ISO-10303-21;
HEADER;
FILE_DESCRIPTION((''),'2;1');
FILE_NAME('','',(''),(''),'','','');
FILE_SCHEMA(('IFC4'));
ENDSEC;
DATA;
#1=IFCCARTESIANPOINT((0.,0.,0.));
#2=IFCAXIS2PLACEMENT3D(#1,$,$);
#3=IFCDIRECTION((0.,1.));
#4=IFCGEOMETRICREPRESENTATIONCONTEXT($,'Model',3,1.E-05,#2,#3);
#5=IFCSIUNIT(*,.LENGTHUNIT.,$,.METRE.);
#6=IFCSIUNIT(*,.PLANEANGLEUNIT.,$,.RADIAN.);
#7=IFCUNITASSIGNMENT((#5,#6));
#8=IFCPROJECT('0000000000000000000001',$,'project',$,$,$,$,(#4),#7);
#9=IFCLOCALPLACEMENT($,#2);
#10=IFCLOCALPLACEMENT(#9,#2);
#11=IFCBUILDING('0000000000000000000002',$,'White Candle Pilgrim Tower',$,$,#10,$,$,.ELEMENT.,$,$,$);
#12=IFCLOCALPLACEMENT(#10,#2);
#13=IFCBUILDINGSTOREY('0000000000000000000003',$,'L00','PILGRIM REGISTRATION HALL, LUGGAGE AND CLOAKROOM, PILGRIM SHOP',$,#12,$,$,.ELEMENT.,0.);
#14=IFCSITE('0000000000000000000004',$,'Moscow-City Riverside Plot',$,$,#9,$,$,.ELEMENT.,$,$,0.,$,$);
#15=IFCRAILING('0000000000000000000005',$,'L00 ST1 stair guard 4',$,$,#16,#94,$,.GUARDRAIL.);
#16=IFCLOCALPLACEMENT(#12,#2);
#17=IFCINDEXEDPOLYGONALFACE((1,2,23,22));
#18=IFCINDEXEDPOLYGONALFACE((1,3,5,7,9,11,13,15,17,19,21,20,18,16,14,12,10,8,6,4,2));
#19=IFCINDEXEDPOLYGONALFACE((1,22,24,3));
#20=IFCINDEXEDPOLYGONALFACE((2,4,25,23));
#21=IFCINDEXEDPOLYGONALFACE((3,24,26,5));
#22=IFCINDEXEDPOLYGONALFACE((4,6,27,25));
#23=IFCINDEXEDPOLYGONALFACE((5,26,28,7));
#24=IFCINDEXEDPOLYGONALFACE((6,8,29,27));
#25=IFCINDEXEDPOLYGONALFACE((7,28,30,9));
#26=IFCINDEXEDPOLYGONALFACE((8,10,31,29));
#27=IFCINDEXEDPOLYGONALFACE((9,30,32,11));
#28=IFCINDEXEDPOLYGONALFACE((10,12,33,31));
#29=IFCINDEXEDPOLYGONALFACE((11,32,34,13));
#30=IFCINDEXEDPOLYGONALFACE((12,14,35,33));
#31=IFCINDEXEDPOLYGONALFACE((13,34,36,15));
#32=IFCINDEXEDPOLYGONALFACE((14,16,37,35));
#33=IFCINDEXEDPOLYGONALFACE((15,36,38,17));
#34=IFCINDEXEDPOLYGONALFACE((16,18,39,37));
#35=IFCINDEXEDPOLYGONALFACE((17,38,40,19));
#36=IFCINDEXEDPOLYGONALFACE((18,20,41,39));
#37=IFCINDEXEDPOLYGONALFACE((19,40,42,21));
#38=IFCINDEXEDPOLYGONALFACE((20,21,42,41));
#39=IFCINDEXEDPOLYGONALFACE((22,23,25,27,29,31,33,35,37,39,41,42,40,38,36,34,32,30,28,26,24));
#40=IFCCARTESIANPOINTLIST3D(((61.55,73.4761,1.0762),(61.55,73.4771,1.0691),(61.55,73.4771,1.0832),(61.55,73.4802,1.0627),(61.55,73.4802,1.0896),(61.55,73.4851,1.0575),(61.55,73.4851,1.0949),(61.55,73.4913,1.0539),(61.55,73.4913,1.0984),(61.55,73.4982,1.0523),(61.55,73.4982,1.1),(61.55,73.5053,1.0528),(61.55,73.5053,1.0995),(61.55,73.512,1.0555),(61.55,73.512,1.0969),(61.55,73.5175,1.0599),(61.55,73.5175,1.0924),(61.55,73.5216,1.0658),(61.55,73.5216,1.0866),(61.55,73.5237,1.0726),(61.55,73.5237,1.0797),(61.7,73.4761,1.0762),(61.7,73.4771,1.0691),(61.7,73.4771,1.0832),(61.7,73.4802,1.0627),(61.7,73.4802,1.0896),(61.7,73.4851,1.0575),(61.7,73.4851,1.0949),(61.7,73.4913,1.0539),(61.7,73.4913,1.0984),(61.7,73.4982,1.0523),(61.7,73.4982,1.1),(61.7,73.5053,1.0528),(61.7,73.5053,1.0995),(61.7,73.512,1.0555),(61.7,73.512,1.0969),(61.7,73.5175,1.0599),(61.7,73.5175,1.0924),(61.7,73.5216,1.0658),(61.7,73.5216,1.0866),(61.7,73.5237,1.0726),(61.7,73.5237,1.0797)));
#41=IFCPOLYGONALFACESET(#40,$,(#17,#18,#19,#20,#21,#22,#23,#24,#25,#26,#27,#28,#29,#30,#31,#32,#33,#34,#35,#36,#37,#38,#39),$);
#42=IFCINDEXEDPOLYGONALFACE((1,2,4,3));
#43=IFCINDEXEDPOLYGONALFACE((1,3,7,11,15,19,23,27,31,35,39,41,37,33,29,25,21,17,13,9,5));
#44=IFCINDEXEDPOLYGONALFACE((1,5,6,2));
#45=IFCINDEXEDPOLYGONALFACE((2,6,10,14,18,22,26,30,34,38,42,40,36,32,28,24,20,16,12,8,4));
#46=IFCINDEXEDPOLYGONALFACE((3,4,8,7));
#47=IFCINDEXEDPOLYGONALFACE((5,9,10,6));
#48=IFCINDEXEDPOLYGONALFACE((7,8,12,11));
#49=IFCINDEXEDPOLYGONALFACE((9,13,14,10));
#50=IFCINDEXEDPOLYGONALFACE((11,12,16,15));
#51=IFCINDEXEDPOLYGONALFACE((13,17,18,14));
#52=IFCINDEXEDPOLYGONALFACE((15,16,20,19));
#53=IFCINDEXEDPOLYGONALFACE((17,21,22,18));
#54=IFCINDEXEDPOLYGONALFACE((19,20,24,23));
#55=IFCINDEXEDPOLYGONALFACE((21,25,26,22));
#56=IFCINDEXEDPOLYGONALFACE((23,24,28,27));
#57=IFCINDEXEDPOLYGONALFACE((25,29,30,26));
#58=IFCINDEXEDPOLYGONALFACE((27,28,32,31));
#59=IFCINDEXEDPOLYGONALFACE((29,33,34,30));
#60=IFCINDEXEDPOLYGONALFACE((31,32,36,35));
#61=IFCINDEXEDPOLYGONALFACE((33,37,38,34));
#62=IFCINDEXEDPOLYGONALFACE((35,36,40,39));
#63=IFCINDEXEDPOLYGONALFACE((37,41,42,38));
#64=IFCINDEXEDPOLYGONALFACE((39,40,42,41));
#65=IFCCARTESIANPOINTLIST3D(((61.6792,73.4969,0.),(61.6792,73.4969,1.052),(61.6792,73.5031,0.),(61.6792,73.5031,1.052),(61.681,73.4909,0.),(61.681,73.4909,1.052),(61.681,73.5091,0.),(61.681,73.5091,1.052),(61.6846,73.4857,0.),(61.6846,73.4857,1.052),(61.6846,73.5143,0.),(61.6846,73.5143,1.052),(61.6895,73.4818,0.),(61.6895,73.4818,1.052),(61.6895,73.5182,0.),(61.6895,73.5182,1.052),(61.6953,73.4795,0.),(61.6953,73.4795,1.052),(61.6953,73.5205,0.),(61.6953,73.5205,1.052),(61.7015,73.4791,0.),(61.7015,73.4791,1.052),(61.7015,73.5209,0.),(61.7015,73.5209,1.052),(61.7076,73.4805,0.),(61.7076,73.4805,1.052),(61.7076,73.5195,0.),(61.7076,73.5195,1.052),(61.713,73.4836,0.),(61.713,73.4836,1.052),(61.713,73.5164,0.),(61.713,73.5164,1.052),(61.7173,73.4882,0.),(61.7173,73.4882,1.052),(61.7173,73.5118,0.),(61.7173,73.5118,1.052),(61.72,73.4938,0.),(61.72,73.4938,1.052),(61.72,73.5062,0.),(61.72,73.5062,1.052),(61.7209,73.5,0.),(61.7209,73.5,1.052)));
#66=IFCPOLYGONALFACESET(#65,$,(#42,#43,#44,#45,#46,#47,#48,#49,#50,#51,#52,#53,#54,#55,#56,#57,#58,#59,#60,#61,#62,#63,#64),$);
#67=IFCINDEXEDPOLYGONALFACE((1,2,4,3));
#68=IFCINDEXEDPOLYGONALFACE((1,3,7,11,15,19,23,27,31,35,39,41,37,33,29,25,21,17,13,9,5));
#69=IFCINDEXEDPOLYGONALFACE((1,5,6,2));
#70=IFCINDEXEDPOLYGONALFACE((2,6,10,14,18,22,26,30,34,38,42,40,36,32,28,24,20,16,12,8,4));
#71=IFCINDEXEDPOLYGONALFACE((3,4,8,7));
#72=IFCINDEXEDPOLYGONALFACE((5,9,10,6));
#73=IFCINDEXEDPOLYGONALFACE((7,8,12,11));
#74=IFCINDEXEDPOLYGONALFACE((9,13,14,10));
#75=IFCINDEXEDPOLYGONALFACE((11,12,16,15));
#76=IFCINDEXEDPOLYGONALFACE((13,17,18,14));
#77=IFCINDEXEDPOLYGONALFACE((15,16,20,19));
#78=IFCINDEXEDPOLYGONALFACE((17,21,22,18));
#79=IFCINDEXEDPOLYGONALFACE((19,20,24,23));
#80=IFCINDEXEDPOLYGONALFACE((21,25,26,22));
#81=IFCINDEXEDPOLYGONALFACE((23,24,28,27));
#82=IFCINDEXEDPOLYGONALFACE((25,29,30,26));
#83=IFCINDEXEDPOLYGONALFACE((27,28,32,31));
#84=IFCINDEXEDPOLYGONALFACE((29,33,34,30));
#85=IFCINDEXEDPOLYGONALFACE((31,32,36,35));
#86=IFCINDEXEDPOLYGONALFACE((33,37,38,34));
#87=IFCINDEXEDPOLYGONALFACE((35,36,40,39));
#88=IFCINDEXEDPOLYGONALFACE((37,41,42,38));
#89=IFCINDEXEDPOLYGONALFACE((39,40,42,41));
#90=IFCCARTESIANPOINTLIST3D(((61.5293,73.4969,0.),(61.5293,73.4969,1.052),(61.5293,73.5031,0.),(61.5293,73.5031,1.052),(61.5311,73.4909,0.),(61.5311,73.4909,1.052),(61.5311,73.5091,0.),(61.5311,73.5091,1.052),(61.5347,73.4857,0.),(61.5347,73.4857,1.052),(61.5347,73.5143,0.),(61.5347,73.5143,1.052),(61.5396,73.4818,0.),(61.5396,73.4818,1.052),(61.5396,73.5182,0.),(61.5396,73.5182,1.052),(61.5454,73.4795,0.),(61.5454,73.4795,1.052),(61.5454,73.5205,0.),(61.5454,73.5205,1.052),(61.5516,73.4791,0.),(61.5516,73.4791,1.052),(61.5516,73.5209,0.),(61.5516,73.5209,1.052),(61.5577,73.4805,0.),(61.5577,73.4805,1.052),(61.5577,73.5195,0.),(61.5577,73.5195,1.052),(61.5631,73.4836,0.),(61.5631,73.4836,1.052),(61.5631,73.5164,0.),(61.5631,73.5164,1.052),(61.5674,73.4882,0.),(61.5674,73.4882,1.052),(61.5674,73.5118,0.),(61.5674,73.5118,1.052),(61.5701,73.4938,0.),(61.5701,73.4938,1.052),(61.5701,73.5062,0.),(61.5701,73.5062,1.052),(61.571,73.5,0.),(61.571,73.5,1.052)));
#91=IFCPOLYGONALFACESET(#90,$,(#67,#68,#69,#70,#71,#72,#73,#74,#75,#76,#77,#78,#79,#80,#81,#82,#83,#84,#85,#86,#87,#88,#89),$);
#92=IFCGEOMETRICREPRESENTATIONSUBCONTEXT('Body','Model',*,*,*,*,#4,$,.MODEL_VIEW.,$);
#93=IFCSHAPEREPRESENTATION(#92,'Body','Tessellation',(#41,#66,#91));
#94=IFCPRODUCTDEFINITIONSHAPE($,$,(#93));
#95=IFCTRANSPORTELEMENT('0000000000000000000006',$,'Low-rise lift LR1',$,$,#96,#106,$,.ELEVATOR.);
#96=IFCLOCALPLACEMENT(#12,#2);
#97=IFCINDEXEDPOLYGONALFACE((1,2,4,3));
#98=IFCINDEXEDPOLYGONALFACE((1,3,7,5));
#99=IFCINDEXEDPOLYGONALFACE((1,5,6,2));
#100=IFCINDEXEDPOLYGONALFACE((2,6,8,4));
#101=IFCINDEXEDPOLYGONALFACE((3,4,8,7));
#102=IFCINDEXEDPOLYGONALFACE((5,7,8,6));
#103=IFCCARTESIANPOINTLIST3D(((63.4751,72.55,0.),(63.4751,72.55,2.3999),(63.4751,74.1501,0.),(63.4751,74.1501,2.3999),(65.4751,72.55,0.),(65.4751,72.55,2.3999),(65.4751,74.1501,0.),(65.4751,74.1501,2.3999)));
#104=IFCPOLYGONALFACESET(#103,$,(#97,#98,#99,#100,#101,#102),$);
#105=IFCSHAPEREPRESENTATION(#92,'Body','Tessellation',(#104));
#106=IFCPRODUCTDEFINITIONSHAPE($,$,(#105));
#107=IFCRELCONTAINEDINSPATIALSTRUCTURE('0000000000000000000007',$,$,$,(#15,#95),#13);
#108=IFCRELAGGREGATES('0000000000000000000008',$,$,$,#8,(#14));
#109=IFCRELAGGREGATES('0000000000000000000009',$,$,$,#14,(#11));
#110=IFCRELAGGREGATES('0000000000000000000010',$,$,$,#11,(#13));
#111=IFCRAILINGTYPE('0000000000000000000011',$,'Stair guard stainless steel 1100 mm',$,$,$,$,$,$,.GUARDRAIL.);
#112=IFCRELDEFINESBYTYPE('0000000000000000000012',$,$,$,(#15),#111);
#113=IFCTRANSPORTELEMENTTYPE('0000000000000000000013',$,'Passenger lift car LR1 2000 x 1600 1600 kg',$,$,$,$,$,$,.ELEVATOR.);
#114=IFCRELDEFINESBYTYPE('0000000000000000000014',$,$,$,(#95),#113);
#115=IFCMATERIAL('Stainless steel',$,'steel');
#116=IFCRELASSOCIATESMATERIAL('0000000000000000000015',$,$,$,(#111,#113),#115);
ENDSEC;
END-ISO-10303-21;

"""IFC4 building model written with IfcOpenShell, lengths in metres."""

from ifc_helpers import new_model, si_unit, direction, frame, origin, origin_2d, place, context, subcontext, project, spatial, rectangle, circle, extrude, material, type_object, element, save


model = new_model("IFC4")

# Units and contexts
model_context = context("Model", 3, precision=1e-05, world=origin(), true_north=direction((0.0, 1.0)))
body_context = subcontext(model_context, "Body", "Model", "MODEL_VIEW")
ifc_project = project(units=[si_unit("LENGTHUNIT", "METRE"), si_unit("PLANEANGLEUNIT", "RADIAN")], contexts=[model_context])

# Site, building, storey
site_placement = place(None, origin())
site = spatial("IfcSite", under=ifc_project, at=site_placement, Name="Moscow-City Riverside Plot", CompositionType="ELEMENT", RefElevation=0.0)
building_placement = place(site_placement, origin())
building = spatial("IfcBuilding", under=site, at=building_placement, Name="White Candle Pilgrim Tower", CompositionType="ELEMENT")
storey_placement = place(building_placement, origin())
storey = spatial("IfcBuildingStorey", under=building, at=storey_placement, Name="L00", Description="PILGRIM REGISTRATION HALL, LUGGAGE AND CLOAKROOM, PILGRIM SHOP", CompositionType="ELEMENT", Elevation=0.0)

# Railing
ifc_material_1 = material(Name="Stainless steel", Category="steel")
railing_type_1 = type_object("IfcRailingType", Name="Stair guard stainless steel 1100 mm", PredefinedType="GUARDRAIL", material=ifc_material_1)
railing_1_placement = place(storey_placement, frame((61.7, 73.5, 0.0)))
element("IfcRailing", 1, at=railing_1_placement, inside=storey, type_object=railing_type_1, Name="L00 ST1 stair guard 4", PredefinedType="GUARDRAIL", context=body_context, shape_type="SweptSolid", body=[
    extrude(circle(Radius=0.0239, at=origin_2d()), frame((0.0, 0.0, 1.0762), z_axis=(-1.0, 0.0, 0.0), x_axis=(0.0, -1.0, 0.0)), (0.0, 0.0, 1.0), 0.1499),
    extrude(circle(Radius=0.021, at=origin_2d()), origin(), (0.0, 0.0, 1.0), 1.052),
    extrude(circle(Radius=0.021, at=origin_2d()), frame((-0.1499, 0.0, 0.0)), (0.0, 0.0, 1.0), 1.052),
])

# Transport element
transport_element_type = type_object("IfcTransportElementType", Name="Passenger lift car LR1 2000 x 1600 1600 kg", PredefinedType="ELEVATOR", material=ifc_material_1)
transport_element_placement = place(storey_placement, frame((64.4751, 73.3501, 0.0), z_axis=(0.0, 0.0, 1.0), x_axis=(1.0, 0.0, 0.0)))
element("IfcTransportElement", 2, at=transport_element_placement, inside=storey, type_object=transport_element_type, Name="Low-rise lift LR1", PredefinedType="ELEVATOR", context=body_context, shape_type="SweptSolid", body=[
    extrude(rectangle(XDim=2.0, YDim=1.6001, at=origin_2d()), origin(), (0.0, 0.0, 1.0), 2.3999),
])

save(model, "model.ifc")
